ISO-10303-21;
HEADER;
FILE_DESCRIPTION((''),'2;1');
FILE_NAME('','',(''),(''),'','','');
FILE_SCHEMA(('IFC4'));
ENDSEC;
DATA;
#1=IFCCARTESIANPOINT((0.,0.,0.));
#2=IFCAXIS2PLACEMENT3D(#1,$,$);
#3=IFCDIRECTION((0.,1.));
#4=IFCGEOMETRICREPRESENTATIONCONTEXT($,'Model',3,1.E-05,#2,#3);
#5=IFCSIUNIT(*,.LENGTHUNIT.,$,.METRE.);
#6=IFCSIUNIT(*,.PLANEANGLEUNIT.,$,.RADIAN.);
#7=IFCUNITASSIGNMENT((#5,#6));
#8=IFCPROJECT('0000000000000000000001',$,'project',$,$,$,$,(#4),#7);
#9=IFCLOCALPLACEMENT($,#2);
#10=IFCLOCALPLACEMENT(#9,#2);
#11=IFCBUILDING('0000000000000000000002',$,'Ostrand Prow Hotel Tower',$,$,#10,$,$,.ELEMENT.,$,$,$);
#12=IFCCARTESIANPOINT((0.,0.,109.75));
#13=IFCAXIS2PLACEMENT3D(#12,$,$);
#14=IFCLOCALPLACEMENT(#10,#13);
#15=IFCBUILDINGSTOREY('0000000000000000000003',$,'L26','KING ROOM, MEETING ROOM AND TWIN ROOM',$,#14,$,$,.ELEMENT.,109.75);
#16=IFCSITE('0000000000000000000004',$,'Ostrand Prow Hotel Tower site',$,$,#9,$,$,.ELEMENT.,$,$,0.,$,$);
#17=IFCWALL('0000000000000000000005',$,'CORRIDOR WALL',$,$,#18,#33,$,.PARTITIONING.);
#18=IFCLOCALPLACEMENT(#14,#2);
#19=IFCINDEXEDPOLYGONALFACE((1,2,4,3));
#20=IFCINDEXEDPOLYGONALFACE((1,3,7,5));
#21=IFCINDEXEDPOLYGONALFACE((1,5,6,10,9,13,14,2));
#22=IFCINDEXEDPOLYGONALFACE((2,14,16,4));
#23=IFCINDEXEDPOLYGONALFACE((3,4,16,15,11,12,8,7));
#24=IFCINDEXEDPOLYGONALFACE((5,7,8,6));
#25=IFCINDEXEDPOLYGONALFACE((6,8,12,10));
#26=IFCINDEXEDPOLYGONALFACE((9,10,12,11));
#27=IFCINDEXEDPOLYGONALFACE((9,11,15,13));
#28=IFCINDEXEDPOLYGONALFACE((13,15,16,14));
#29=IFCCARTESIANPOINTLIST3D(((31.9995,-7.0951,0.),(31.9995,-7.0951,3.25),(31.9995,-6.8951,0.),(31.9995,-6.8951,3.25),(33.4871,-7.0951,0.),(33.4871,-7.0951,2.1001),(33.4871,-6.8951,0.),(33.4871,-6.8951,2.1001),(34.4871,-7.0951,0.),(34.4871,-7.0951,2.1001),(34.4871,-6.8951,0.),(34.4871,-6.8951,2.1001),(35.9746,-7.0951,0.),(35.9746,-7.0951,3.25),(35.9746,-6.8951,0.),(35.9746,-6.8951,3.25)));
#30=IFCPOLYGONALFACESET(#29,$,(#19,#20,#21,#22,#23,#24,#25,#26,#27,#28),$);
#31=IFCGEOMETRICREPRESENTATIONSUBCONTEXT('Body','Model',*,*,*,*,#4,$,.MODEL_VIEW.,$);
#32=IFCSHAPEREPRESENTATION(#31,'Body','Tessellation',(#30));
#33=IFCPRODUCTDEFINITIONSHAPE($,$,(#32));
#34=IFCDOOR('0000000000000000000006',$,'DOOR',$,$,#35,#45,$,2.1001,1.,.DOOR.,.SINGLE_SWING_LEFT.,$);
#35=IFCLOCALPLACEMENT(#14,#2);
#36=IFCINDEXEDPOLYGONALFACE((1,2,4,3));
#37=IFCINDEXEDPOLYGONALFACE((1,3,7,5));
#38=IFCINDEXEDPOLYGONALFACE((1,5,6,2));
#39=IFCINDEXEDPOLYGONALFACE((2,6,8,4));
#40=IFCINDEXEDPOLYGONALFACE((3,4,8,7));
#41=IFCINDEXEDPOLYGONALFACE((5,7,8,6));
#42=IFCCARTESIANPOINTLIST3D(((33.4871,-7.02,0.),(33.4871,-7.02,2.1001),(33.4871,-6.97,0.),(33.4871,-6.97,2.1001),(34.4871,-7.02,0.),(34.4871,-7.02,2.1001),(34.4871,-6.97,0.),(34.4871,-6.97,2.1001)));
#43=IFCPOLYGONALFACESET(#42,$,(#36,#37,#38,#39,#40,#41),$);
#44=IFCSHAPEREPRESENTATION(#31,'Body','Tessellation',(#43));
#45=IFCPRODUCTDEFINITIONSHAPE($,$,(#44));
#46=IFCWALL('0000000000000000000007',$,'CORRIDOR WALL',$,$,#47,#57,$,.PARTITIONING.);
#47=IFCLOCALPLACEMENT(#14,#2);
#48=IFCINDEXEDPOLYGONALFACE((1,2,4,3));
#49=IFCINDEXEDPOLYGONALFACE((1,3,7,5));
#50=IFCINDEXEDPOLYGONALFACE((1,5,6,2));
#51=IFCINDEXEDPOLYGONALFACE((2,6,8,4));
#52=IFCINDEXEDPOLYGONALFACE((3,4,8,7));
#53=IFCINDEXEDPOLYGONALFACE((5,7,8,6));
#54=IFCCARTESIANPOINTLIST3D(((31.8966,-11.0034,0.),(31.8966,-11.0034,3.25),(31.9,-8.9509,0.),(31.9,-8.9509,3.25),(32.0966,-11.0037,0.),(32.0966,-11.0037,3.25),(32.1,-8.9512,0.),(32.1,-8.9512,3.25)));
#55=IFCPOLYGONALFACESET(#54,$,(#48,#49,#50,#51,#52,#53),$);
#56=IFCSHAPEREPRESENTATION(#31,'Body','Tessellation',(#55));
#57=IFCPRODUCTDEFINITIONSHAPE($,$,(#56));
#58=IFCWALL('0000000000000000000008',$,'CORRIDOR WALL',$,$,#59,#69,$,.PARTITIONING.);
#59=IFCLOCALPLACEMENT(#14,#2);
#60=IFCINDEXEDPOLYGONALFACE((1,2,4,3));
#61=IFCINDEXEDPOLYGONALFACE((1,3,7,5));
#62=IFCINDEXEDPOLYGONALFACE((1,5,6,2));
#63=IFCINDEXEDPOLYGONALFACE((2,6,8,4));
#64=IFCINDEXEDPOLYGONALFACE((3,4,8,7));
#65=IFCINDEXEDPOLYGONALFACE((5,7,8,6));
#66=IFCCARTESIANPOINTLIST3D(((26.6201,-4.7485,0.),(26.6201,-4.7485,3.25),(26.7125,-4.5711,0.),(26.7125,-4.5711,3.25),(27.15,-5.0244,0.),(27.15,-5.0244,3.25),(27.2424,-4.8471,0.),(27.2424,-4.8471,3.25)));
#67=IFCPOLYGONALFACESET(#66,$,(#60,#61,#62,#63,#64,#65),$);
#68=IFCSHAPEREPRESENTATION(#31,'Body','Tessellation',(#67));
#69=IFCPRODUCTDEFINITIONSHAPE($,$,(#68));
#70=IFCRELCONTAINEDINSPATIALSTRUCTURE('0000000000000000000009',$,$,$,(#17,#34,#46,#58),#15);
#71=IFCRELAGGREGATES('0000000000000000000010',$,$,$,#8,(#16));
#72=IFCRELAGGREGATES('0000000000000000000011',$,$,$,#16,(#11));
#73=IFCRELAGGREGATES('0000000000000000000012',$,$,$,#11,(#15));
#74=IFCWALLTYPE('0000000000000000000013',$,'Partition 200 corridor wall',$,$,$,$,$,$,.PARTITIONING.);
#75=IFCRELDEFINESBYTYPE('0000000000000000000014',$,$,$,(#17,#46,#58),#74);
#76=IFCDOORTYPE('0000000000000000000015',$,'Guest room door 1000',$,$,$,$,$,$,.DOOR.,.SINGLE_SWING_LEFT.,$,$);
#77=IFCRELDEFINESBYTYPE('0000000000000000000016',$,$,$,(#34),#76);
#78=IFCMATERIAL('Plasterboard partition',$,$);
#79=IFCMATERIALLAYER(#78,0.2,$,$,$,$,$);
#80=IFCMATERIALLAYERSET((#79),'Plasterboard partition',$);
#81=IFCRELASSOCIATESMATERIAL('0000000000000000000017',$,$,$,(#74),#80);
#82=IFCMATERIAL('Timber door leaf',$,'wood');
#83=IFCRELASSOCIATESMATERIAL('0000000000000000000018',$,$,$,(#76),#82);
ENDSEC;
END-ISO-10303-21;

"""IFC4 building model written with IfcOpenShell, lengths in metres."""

from ifc_helpers import new_model, si_unit, direction, frame, frame_2d, origin, place, context, subcontext, project, spatial, rectangle, extrude, material, layer, layer_set, type_object, element, fill, save


model = new_model("IFC4")

# Units and contexts
model_context = context("Model", 3, precision=1e-05, world=origin(), true_north=direction((0.0, 1.0)))
body_context = subcontext(model_context, "Body", "Model", "MODEL_VIEW")
ifc_project = project(units=[si_unit("LENGTHUNIT", "METRE"), si_unit("PLANEANGLEUNIT", "RADIAN")], contexts=[model_context])

# Site, building, storey
site_placement = place(None, origin())
site = spatial("IfcSite", under=ifc_project, at=site_placement, Name="Ostrand Prow Hotel Tower site", CompositionType="ELEMENT", RefElevation=0.0)
building_placement = place(site_placement, origin())
building = spatial("IfcBuilding", under=site, at=building_placement, Name="Ostrand Prow Hotel Tower", CompositionType="ELEMENT")
storey_placement = place(building_placement, frame((0.0, 0.0, 109.75)))
storey = spatial("IfcBuildingStorey", under=building, at=storey_placement, Name="L26", Description="KING ROOM, MEETING ROOM AND TWIN ROOM", CompositionType="ELEMENT", Elevation=109.75)

# Shared definitions
ifc_material_1 = material(Name="Plasterboard partition")
ifc_layer_1 = layer(ifc_material_1, 0.2)
ifc_layer_set_1 = layer_set([ifc_layer_1], Name="Plasterboard partition")
wall_type_1 = type_object("IfcWallType", Name="Partition 200 corridor wall", PredefinedType="PARTITIONING", material=ifc_layer_set_1)
ifc_material_2 = material(Name="Timber door leaf", Category="wood")
door_type_1 = type_object("IfcDoorType", Name="Guest room door 1000", OperationType="SINGLE_SWING_LEFT", PredefinedType="DOOR", material=ifc_material_2)

# Wall, opening, door
wall_1_placement = place(storey_placement, frame((35.9746, -6.9951, 0.0), z_axis=(0.0, 0.0, 1.0), x_axis=(-1.0, 0.0, 0.0)))
wall_1 = element("IfcWall", 1, at=wall_1_placement, inside=storey, type_object=wall_type_1, Name="CORRIDOR WALL", PredefinedType="PARTITIONING", context=body_context, shape_type="SweptSolid", body=[
    extrude(rectangle(XDim=3.9751, YDim=0.2, at=frame_2d((1.9875, 0.0))), origin(), (0.0, 0.0, 1.0), 3.25),
])
opening_1_placement = place(wall_1_placement, frame((1.4875, 0.0, 0.0)))
opening_1 = element("IfcOpeningElement", 2, at=opening_1_placement, cuts=wall_1, PredefinedType="OPENING", context=body_context, shape_type="SweptSolid", body=[
    extrude(rectangle(XDim=1.0, YDim=2.1001, at=frame_2d((0.5, 1.05))), frame((0.0, 0.1099, 0.0), z_axis=(0.0, -1.0, 0.0), x_axis=(1.0, 0.0, 0.0)), (0.0, 0.0, 1.0), 0.22),
])
door_1_placement = place(opening_1_placement, origin())
door_1 = element("IfcDoor", 3, at=door_1_placement, inside=storey, type_object=door_type_1, Name="DOOR", OperationType="SINGLE_SWING_LEFT", OverallHeight=2.1001, OverallWidth=1.0, PredefinedType="DOOR", context=body_context, shape_type="SweptSolid", body=[
    extrude(rectangle(XDim=1.0, YDim=2.1001, at=frame_2d((0.5, 1.05))), frame((0.0, 0.0249, 0.0), z_axis=(0.0, -1.0, 0.0), x_axis=(1.0, 0.0, 0.0)), (0.0, 0.0, 1.0), 0.05),
])
fill(opening_1, door_1)

# Walls
wall_2_placement = place(storey_placement, frame((32.0, -8.9509, 0.0), z_axis=(0.0, 0.0, 1.0), x_axis=(-0.001665, -0.999999, 0.0)))
element("IfcWall", 4, at=wall_2_placement, inside=storey, type_object=wall_type_1, Name="CORRIDOR WALL", PredefinedType="PARTITIONING", context=body_context, shape_type="SweptSolid", body=[
    extrude(rectangle(XDim=2.0525, YDim=0.2, at=frame_2d((1.0264, 0.0))), origin(), (0.0, 0.0, 1.0), 3.25),
])
wall_3_placement = place(storey_placement, frame((27.1963, -4.9358, 0.0), z_axis=(0.0, 0.0, 1.0), x_axis=(-0.886949, 0.461867, 0.0)))
element("IfcWall", 5, at=wall_3_placement, inside=storey, type_object=wall_type_1, Name="CORRIDOR WALL", PredefinedType="PARTITIONING", context=body_context, shape_type="SweptSolid", body=[
    extrude(rectangle(XDim=0.5974, YDim=0.2, at=frame_2d((0.2988, 0.0))), origin(), (0.0, 0.0, 1.0), 3.25),
])

save(model, "model.ifc")
